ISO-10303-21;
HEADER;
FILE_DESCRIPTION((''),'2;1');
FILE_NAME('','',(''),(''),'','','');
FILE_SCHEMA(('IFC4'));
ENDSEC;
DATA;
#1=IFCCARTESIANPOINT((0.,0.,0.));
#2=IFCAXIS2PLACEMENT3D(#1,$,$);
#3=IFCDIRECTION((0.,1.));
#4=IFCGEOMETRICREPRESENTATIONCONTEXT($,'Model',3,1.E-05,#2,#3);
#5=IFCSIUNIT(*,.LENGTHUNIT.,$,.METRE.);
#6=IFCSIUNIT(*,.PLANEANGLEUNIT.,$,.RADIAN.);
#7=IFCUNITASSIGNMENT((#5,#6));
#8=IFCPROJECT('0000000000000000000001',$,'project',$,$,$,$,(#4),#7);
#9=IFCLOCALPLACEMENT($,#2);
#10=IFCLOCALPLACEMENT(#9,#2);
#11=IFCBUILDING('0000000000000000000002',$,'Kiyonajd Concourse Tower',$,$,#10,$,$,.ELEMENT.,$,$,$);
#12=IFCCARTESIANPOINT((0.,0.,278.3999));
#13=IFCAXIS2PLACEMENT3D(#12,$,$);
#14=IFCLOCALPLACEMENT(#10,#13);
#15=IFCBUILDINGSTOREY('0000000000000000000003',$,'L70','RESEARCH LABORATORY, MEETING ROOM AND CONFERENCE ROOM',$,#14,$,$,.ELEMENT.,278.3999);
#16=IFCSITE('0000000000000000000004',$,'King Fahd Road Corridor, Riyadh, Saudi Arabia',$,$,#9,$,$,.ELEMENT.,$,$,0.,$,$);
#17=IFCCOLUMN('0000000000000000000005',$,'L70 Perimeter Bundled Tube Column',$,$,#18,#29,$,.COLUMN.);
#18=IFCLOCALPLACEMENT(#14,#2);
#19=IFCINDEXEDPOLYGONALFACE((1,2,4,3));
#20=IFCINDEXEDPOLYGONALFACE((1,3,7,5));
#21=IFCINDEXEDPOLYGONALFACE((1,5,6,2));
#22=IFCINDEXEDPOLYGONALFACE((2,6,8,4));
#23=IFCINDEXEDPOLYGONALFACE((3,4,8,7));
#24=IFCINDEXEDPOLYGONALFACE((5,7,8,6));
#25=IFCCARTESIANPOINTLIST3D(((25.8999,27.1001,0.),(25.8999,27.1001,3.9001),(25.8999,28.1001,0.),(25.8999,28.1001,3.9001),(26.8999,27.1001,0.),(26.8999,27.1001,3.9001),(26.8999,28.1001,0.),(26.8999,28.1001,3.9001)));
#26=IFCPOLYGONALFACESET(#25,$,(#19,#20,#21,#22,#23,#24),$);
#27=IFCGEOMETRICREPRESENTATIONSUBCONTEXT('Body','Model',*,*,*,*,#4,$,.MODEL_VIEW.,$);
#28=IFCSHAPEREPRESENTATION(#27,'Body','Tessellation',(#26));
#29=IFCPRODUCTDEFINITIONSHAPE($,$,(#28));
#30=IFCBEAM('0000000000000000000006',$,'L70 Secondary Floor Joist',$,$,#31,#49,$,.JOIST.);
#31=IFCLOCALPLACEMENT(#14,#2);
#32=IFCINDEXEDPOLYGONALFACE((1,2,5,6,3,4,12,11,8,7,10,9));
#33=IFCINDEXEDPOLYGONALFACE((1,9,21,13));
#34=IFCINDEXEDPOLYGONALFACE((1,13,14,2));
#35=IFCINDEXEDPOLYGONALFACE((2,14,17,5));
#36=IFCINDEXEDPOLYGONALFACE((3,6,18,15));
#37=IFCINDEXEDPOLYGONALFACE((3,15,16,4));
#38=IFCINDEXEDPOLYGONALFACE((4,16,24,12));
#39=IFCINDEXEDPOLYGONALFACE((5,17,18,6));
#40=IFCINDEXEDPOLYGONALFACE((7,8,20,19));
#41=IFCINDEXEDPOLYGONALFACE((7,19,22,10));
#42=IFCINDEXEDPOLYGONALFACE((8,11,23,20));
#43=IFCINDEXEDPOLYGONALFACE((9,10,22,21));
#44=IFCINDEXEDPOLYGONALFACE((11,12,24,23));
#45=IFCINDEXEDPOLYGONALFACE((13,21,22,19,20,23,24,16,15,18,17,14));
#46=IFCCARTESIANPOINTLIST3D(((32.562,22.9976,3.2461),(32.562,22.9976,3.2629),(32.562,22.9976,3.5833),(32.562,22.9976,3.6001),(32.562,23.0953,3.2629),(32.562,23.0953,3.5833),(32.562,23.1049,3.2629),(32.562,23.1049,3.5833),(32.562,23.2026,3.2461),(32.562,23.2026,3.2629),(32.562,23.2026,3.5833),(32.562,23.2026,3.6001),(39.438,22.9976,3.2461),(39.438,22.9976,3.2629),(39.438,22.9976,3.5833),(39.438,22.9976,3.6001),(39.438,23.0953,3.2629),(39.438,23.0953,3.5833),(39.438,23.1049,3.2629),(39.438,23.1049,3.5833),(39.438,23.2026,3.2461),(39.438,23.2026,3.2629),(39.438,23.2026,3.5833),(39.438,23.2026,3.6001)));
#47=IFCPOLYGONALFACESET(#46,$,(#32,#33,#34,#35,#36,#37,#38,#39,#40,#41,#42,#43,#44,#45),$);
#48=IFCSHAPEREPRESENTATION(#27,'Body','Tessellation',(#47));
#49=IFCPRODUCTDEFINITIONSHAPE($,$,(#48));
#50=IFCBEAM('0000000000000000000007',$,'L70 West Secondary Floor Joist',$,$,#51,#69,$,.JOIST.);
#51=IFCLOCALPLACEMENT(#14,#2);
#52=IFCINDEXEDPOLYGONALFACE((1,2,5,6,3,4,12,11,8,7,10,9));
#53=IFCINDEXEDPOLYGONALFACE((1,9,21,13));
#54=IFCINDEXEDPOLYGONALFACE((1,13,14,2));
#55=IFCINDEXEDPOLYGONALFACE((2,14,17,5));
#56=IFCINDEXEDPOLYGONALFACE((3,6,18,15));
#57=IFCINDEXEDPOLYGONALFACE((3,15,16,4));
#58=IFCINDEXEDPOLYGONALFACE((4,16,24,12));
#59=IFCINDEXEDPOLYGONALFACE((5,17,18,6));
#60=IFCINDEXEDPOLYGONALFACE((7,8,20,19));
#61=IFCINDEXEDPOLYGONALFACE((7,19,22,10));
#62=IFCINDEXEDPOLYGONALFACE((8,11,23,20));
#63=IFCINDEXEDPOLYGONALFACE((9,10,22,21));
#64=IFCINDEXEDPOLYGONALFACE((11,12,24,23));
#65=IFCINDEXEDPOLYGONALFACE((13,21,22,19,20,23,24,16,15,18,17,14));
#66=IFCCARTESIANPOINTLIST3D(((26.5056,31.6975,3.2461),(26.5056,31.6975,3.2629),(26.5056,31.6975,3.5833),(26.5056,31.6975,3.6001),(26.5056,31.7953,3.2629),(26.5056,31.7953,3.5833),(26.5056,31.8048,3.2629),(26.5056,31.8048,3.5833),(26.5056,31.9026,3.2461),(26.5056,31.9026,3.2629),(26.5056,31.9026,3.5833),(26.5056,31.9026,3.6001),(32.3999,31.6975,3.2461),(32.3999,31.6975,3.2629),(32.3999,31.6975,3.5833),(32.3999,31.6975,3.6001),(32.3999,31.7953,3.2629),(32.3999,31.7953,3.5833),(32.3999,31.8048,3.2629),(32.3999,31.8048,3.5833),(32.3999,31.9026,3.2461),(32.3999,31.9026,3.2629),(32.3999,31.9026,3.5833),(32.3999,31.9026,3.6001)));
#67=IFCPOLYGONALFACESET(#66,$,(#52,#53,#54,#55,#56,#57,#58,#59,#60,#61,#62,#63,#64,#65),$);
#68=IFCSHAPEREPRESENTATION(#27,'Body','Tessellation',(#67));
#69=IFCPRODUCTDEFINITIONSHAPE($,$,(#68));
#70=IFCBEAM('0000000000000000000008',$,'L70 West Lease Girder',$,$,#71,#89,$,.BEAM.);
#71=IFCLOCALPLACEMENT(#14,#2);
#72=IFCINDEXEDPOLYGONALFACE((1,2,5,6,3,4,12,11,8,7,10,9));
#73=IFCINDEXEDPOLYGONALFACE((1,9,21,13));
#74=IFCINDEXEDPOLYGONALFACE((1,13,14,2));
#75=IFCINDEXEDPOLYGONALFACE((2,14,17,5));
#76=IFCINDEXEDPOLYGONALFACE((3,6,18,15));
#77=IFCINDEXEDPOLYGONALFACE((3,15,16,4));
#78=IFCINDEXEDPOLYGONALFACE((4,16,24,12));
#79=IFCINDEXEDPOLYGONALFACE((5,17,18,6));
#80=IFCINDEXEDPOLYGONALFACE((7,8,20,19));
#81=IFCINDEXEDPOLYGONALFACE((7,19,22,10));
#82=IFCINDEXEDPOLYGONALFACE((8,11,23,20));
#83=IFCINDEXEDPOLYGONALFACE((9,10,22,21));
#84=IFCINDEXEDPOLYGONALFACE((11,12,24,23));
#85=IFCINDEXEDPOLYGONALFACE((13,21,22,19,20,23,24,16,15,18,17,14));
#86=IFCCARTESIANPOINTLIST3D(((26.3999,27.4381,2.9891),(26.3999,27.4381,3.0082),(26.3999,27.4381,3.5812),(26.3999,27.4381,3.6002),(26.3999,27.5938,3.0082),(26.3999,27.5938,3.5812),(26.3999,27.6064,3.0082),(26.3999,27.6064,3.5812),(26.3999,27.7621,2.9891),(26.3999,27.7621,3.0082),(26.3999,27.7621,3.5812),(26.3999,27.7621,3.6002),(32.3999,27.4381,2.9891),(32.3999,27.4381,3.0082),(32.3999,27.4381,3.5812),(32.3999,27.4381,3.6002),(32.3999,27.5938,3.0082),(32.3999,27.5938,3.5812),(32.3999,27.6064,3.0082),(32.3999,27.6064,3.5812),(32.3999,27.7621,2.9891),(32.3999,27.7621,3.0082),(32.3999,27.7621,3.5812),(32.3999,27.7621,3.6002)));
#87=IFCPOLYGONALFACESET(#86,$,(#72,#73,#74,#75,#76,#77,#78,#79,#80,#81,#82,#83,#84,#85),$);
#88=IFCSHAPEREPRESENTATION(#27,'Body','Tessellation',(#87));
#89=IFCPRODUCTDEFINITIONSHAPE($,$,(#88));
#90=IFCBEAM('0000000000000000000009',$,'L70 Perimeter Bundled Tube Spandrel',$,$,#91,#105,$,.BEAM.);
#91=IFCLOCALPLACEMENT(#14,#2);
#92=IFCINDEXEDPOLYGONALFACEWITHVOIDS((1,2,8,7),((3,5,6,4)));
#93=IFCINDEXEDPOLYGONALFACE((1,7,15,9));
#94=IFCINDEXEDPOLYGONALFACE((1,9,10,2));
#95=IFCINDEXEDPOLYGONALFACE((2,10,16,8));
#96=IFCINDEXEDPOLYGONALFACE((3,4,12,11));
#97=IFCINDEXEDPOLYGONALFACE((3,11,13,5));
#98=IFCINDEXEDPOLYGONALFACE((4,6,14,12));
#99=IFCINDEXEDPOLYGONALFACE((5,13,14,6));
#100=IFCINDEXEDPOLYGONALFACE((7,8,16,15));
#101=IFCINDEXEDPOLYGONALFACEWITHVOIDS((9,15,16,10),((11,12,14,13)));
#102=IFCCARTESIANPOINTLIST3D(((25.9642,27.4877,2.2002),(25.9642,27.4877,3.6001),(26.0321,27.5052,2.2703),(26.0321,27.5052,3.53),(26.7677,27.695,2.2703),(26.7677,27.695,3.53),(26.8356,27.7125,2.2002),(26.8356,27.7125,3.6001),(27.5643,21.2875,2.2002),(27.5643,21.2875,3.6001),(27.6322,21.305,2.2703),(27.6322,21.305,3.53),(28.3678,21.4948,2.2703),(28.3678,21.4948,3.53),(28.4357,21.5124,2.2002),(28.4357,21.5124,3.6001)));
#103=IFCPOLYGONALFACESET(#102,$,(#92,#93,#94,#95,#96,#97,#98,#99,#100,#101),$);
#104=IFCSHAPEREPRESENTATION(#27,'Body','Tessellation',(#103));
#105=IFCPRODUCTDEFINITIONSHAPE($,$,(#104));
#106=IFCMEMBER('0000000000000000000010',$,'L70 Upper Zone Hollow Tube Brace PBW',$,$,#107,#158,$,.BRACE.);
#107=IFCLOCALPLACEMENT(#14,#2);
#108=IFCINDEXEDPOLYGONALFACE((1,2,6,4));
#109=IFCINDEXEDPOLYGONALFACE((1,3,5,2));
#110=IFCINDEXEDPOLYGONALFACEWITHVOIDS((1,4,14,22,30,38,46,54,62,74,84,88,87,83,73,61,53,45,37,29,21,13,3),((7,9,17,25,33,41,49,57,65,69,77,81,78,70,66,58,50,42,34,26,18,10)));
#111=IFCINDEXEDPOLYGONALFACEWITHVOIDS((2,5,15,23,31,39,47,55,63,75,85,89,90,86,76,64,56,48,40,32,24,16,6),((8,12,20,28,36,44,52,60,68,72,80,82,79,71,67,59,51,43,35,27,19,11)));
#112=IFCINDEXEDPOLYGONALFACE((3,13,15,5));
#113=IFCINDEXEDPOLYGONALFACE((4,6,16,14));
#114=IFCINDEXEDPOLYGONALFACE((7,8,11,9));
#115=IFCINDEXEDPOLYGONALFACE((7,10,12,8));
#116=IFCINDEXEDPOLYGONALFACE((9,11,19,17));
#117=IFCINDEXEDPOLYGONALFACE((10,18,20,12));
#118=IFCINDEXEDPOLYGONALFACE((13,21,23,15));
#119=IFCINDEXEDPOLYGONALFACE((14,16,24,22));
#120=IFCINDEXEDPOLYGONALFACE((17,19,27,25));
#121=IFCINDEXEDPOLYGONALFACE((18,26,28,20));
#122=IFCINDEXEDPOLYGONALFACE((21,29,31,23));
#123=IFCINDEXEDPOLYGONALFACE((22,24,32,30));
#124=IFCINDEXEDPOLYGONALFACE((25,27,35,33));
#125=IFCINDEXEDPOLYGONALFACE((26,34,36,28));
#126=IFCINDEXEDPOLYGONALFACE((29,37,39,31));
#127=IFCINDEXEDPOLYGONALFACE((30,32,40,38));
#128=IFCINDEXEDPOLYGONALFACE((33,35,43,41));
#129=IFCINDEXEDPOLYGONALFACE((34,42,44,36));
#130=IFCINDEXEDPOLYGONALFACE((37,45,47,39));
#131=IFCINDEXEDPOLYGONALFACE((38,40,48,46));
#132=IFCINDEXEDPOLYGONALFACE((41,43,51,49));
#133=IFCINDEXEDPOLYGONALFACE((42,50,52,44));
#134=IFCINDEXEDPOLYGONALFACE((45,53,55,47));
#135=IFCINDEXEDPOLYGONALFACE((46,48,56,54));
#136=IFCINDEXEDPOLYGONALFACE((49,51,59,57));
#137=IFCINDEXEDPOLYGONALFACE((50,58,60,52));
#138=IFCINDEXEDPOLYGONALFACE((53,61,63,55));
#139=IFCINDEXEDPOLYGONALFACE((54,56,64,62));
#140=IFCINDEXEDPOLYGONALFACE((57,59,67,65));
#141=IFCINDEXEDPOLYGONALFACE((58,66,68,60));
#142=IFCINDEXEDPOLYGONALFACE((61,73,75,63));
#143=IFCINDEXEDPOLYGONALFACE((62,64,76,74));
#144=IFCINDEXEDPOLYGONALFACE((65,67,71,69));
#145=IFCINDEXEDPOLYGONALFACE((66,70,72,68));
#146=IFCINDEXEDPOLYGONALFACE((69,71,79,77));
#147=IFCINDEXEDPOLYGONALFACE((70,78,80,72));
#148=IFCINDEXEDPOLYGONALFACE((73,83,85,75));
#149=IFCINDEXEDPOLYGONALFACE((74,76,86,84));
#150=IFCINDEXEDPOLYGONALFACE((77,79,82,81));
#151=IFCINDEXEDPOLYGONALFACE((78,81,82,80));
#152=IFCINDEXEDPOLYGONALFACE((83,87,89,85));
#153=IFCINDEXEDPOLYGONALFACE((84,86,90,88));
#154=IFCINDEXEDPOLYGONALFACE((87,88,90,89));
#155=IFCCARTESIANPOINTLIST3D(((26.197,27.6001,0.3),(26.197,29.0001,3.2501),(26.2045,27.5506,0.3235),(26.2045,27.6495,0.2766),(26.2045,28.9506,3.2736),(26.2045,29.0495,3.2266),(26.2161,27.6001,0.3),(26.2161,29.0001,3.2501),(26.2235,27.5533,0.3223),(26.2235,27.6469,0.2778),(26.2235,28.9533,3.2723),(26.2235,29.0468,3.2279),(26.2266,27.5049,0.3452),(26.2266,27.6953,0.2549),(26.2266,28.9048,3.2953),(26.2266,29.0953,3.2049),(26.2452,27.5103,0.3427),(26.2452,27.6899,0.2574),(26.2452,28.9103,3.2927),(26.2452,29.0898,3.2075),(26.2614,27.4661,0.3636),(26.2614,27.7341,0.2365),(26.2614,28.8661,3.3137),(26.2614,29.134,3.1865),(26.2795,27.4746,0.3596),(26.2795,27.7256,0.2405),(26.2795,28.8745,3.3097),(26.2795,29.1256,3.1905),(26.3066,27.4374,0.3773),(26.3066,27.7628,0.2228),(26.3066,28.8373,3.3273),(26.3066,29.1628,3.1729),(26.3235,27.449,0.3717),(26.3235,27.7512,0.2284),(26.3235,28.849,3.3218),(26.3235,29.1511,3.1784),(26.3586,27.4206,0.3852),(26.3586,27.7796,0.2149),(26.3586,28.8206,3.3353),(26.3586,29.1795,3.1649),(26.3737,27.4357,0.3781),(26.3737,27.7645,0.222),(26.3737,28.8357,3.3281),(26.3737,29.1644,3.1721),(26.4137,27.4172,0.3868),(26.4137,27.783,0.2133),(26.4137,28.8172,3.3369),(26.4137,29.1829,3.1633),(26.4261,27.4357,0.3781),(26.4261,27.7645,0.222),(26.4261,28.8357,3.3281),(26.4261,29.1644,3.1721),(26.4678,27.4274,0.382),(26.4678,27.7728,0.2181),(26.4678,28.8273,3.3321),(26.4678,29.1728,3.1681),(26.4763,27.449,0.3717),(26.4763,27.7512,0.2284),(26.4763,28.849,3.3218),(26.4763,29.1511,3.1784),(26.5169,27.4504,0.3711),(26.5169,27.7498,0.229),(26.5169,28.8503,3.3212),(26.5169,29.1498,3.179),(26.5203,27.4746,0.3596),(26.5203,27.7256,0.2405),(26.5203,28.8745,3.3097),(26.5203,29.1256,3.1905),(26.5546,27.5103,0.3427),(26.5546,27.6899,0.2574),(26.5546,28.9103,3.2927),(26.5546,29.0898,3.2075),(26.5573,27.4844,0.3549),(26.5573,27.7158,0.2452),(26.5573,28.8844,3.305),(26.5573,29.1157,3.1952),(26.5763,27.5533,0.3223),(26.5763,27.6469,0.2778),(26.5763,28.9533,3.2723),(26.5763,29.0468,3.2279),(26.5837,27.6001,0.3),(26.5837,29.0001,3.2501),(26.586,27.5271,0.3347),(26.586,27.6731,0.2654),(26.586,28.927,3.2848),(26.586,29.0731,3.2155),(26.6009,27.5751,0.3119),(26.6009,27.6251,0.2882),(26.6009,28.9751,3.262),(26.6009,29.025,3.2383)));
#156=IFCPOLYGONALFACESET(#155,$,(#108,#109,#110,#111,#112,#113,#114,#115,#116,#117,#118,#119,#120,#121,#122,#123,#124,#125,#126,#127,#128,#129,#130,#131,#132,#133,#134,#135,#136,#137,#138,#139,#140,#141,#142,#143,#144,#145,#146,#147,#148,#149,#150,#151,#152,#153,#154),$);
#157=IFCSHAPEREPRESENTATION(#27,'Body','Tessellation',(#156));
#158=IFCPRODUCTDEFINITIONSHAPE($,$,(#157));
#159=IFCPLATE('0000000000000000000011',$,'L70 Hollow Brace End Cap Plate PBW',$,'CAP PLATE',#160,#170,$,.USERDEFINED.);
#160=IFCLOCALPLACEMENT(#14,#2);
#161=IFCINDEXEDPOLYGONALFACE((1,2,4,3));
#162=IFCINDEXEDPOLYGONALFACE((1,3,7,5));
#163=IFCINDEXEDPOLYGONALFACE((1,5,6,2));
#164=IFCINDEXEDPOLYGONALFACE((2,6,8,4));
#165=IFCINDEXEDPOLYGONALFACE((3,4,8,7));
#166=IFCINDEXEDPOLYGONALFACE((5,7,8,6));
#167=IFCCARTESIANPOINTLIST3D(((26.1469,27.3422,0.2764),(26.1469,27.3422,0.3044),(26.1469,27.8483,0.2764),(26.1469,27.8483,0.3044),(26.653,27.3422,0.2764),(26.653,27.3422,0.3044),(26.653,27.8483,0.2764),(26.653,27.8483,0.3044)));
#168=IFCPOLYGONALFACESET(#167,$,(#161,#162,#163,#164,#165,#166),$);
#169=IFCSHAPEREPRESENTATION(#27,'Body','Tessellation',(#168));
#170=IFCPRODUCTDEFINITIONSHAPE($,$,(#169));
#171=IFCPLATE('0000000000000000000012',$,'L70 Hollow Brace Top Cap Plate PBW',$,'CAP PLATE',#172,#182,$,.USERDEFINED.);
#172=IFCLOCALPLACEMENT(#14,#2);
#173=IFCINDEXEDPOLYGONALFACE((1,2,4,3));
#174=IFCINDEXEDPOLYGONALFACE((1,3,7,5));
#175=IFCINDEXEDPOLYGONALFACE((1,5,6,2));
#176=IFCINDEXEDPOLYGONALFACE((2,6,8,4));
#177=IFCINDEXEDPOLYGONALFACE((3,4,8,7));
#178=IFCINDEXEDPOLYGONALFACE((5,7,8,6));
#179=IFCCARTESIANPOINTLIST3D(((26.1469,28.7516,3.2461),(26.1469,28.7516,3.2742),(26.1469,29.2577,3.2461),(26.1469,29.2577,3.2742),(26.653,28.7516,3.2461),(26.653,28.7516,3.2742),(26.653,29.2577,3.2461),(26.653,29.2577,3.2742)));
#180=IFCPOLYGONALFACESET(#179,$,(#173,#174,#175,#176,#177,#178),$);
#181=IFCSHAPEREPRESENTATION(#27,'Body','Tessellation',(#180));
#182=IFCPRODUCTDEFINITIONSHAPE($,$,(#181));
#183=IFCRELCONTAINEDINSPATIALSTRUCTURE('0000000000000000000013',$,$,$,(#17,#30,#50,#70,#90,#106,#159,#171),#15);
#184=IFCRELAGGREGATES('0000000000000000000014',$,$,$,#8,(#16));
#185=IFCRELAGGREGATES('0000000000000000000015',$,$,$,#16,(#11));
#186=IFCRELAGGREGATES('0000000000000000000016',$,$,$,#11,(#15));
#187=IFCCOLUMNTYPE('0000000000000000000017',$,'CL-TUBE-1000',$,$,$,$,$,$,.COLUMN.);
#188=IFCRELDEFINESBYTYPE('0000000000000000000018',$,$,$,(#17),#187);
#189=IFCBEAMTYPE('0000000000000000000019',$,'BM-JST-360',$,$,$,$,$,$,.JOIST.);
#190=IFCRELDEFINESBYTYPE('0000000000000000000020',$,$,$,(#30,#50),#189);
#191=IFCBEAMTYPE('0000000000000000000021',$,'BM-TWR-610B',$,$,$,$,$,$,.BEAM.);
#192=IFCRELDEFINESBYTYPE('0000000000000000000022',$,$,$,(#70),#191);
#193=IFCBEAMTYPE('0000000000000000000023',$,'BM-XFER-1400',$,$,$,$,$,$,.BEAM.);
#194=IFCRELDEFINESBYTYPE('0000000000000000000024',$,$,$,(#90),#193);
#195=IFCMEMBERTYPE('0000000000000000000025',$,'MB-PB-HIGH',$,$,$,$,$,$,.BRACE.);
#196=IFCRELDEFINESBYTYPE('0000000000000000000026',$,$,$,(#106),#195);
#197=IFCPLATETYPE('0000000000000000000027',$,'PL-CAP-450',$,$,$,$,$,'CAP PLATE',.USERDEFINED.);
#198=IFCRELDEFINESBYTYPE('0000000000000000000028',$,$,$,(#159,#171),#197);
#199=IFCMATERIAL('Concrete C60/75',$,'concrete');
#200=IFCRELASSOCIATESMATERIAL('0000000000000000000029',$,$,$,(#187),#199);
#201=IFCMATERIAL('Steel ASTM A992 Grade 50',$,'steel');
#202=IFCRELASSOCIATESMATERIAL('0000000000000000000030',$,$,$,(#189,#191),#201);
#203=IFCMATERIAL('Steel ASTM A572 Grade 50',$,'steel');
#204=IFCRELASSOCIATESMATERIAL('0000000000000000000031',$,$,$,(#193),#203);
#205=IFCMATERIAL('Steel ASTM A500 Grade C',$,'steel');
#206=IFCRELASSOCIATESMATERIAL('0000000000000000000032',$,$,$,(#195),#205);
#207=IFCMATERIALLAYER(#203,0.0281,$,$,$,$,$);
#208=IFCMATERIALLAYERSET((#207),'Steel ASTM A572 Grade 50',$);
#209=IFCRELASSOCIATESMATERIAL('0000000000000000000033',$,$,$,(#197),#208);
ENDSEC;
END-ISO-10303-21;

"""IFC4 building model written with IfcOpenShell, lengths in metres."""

from ifc_helpers import new_model, si_unit, direction, frame, origin, origin_2d, place, context, subcontext, project, spatial, rectangle, hollow_rectangle, hollow_circle, i_section, extrude, material, layer, layer_set, material_profile, profile_set, type_object, element, save


model = new_model("IFC4")

# Units and contexts
model_context = context("Model", 3, precision=1e-05, world=origin(), true_north=direction((0.0, 1.0)))
body_context = subcontext(model_context, "Body", "Model", "MODEL_VIEW")
ifc_project = project(units=[si_unit("LENGTHUNIT", "METRE"), si_unit("PLANEANGLEUNIT", "RADIAN")], contexts=[model_context])

# Site, building, storey
site_placement = place(None, origin())
site = spatial("IfcSite", under=ifc_project, at=site_placement, Name="King Fahd Road Corridor, Riyadh, Saudi Arabia", CompositionType="ELEMENT", RefElevation=0.0)
building_placement = place(site_placement, origin())
building = spatial("IfcBuilding", under=site, at=building_placement, Name="Kiyonajd Concourse Tower", CompositionType="ELEMENT")
storey_placement = place(building_placement, frame((0.0, 0.0, 278.3999)))
storey = spatial("IfcBuildingStorey", under=building, at=storey_placement, Name="L70", Description="RESEARCH LABORATORY, MEETING ROOM AND CONFERENCE ROOM", CompositionType="ELEMENT", Elevation=278.3999)

# Column
ifc_material_1 = material(Name="Concrete C60/75", Category="concrete")
ifc_material_profile_1 = material_profile(ifc_material_1, rectangle(XDim=1.0, YDim=1.0, at=origin_2d()), Name="RC-1000x1000")
ifc_profile_set_1 = profile_set([ifc_material_profile_1], Name="Concrete C60/75")
column_type = type_object("IfcColumnType", Name="CL-TUBE-1000", PredefinedType="COLUMN", material=ifc_profile_set_1)
column_placement = place(storey_placement, frame((26.3999, 27.6001, 0.0), z_axis=(0.0, 0.0, 1.0), x_axis=(1.0, 0.0, 0.0)))
element("IfcColumn", 1, at=column_placement, inside=storey, type_object=column_type, Name="L70 Perimeter Bundled Tube Column", PredefinedType="COLUMN", context=body_context, shape_type="SweptSolid", body=[
    extrude(rectangle(XDim=1.0, YDim=1.0, at=origin_2d()), origin(), (0.0, 0.0, 1.0), 3.9001),
])

# Beams
ifc_material_2 = material(Name="Steel ASTM A992 Grade 50", Category="steel")
ifc_material_profile_2 = material_profile(ifc_material_2, i_section(OverallWidth=0.2051, OverallDepth=0.354, WebThickness=0.0095, FlangeThickness=0.0168, at=origin_2d()), Name="W360X79")
ifc_profile_set_2 = profile_set([ifc_material_profile_2], Name="Steel ASTM A992 Grade 50")
beam_type_1 = type_object("IfcBeamType", Name="BM-JST-360", PredefinedType="JOIST", material=ifc_profile_set_2)
beam_1_placement = place(storey_placement, frame((32.562, 23.1001, 3.4231), z_axis=(1.0, 0.0, 0.0), x_axis=(0.0, 1.0, 0.0)))
element("IfcBeam", 2, at=beam_1_placement, inside=storey, type_object=beam_type_1, Name="L70 Secondary Floor Joist", PredefinedType="JOIST", context=body_context, shape_type="SweptSolid", body=[
    extrude(i_section(OverallWidth=0.2051, OverallDepth=0.354, WebThickness=0.0095, FlangeThickness=0.0168, at=origin_2d()), origin(), (0.0, 0.0, 1.0), 6.876),
])
beam_2_placement = place(storey_placement, frame((26.5056, 31.8, 3.4231), z_axis=(1.0, 0.0, 0.0), x_axis=(0.0, 1.0, 0.0)))
element("IfcBeam", 3, at=beam_2_placement, inside=storey, type_object=beam_type_1, Name="L70 West Secondary Floor Joist", PredefinedType="JOIST", context=body_context, shape_type="SweptSolid", body=[
    extrude(i_section(OverallWidth=0.2051, OverallDepth=0.354, WebThickness=0.0095, FlangeThickness=0.0168, at=origin_2d()), origin(), (0.0, 0.0, 1.0), 5.8943),
])
ifc_material_profile_3 = material_profile(ifc_material_2, i_section(OverallWidth=0.324, OverallDepth=0.6111, WebThickness=0.0127, FlangeThickness=0.019, at=origin_2d()), Name="W610X155")
ifc_profile_set_3 = profile_set([ifc_material_profile_3], Name="Steel ASTM A992 Grade 50")
beam_type_2 = type_object("IfcBeamType", Name="BM-TWR-610B", PredefinedType="BEAM", material=ifc_profile_set_3)
beam_3_placement = place(storey_placement, frame((26.3999, 27.6001, 3.2947), z_axis=(1.0, 0.0, 0.0), x_axis=(0.0, 1.0, 0.0)))
element("IfcBeam", 4, at=beam_3_placement, inside=storey, type_object=beam_type_2, Name="L70 West Lease Girder", PredefinedType="BEAM", context=body_context, shape_type="SweptSolid", body=[
    extrude(i_section(OverallWidth=0.324, OverallDepth=0.6111, WebThickness=0.0127, FlangeThickness=0.019, at=origin_2d()), origin(), (0.0, 0.0, 1.0), 6.0),
])
ifc_material_3 = material(Name="Steel ASTM A572 Grade 50", Category="steel")
ifc_material_profile_4 = material_profile(ifc_material_3, hollow_rectangle(XDim=0.8999, YDim=1.3999, WallThickness=0.0701, at=origin_2d()), Name="BOX-1400x900x70")
ifc_profile_set_4 = profile_set([ifc_material_profile_4], Name="Steel ASTM A572 Grade 50")
beam_type_3 = type_object("IfcBeamType", Name="BM-XFER-1400", PredefinedType="BEAM", material=ifc_profile_set_4)
beam_4_placement = place(storey_placement, frame((26.3999, 27.6001, 2.9001), z_axis=(0.249885, -0.968276, 0.0), x_axis=(0.968276, 0.249885, 0.0)))
element("IfcBeam", 5, at=beam_4_placement, inside=storey, type_object=beam_type_3, Name="L70 Perimeter Bundled Tube Spandrel", PredefinedType="BEAM", context=body_context, shape_type="SweptSolid", body=[
    extrude(hollow_rectangle(XDim=0.8999, YDim=1.3999, WallThickness=0.0701, at=origin_2d()), origin(), (0.0, 0.0, 1.0), 6.4033),
])

# Member
ifc_material_4 = material(Name="Steel ASTM A500 Grade C", Category="steel")
ifc_material_profile_5 = material_profile(ifc_material_4, hollow_circle(Radius=0.2029, WallThickness=0.019, at=origin_2d()), Name="CHS-406x19")
ifc_profile_set_5 = profile_set([ifc_material_profile_5], Name="Steel ASTM A500 Grade C")
member_type = type_object("IfcMemberType", Name="MB-PB-HIGH", PredefinedType="BRACE", material=ifc_profile_set_5)
member_placement = place(storey_placement, frame((26.3999, 27.6001, 0.3), z_axis=(0.0, 0.428726, 0.903435), x_axis=(-1.0, 0.0, 0.0)))
element("IfcMember", 6, at=member_placement, inside=storey, type_object=member_type, Name="L70 Upper Zone Hollow Tube Brace PBW", PredefinedType="BRACE", context=body_context, shape_type="SweptSolid", body=[
    extrude(hollow_circle(Radius=0.2029, WallThickness=0.019, at=origin_2d()), origin(), (0.0, 0.0, 1.0), 3.2654),
])

# Plates
ifc_layer_1 = layer(ifc_material_3, 0.0281)
ifc_layer_set_1 = layer_set([ifc_layer_1], Name="Steel ASTM A572 Grade 50")
plate_type_1 = type_object("IfcPlateType", Name="PL-CAP-450", ElementType="CAP PLATE", PredefinedType="USERDEFINED", material=ifc_layer_set_1)
for number, where, z_axis, x_axis, name in (
    (7, (26.3999, 27.5952, 0.2764), (0.0, 0.0, 1.0), (1.0, 0.0, 0.0), "L70 Hollow Brace End Cap Plate PBW"),
    (8, (26.3999, 29.0046, 3.2461), (0.0, 0.0, 1.0), (1.0, 0.0, 0.0), "L70 Hollow Brace Top Cap Plate PBW"),
):
    element("IfcPlate", number, at=place(storey_placement, frame(where, z_axis=z_axis, x_axis=x_axis)), inside=storey, type_object=plate_type_1, Name=name, ObjectType="CAP PLATE", PredefinedType="USERDEFINED", context=body_context, shape_type="SweptSolid", body=[
        extrude(rectangle(XDim=0.5061, YDim=0.5061, at=origin_2d()), origin(), (0.0, 0.0, 1.0), 0.0281),
    ])

save(model, "model.ifc")
